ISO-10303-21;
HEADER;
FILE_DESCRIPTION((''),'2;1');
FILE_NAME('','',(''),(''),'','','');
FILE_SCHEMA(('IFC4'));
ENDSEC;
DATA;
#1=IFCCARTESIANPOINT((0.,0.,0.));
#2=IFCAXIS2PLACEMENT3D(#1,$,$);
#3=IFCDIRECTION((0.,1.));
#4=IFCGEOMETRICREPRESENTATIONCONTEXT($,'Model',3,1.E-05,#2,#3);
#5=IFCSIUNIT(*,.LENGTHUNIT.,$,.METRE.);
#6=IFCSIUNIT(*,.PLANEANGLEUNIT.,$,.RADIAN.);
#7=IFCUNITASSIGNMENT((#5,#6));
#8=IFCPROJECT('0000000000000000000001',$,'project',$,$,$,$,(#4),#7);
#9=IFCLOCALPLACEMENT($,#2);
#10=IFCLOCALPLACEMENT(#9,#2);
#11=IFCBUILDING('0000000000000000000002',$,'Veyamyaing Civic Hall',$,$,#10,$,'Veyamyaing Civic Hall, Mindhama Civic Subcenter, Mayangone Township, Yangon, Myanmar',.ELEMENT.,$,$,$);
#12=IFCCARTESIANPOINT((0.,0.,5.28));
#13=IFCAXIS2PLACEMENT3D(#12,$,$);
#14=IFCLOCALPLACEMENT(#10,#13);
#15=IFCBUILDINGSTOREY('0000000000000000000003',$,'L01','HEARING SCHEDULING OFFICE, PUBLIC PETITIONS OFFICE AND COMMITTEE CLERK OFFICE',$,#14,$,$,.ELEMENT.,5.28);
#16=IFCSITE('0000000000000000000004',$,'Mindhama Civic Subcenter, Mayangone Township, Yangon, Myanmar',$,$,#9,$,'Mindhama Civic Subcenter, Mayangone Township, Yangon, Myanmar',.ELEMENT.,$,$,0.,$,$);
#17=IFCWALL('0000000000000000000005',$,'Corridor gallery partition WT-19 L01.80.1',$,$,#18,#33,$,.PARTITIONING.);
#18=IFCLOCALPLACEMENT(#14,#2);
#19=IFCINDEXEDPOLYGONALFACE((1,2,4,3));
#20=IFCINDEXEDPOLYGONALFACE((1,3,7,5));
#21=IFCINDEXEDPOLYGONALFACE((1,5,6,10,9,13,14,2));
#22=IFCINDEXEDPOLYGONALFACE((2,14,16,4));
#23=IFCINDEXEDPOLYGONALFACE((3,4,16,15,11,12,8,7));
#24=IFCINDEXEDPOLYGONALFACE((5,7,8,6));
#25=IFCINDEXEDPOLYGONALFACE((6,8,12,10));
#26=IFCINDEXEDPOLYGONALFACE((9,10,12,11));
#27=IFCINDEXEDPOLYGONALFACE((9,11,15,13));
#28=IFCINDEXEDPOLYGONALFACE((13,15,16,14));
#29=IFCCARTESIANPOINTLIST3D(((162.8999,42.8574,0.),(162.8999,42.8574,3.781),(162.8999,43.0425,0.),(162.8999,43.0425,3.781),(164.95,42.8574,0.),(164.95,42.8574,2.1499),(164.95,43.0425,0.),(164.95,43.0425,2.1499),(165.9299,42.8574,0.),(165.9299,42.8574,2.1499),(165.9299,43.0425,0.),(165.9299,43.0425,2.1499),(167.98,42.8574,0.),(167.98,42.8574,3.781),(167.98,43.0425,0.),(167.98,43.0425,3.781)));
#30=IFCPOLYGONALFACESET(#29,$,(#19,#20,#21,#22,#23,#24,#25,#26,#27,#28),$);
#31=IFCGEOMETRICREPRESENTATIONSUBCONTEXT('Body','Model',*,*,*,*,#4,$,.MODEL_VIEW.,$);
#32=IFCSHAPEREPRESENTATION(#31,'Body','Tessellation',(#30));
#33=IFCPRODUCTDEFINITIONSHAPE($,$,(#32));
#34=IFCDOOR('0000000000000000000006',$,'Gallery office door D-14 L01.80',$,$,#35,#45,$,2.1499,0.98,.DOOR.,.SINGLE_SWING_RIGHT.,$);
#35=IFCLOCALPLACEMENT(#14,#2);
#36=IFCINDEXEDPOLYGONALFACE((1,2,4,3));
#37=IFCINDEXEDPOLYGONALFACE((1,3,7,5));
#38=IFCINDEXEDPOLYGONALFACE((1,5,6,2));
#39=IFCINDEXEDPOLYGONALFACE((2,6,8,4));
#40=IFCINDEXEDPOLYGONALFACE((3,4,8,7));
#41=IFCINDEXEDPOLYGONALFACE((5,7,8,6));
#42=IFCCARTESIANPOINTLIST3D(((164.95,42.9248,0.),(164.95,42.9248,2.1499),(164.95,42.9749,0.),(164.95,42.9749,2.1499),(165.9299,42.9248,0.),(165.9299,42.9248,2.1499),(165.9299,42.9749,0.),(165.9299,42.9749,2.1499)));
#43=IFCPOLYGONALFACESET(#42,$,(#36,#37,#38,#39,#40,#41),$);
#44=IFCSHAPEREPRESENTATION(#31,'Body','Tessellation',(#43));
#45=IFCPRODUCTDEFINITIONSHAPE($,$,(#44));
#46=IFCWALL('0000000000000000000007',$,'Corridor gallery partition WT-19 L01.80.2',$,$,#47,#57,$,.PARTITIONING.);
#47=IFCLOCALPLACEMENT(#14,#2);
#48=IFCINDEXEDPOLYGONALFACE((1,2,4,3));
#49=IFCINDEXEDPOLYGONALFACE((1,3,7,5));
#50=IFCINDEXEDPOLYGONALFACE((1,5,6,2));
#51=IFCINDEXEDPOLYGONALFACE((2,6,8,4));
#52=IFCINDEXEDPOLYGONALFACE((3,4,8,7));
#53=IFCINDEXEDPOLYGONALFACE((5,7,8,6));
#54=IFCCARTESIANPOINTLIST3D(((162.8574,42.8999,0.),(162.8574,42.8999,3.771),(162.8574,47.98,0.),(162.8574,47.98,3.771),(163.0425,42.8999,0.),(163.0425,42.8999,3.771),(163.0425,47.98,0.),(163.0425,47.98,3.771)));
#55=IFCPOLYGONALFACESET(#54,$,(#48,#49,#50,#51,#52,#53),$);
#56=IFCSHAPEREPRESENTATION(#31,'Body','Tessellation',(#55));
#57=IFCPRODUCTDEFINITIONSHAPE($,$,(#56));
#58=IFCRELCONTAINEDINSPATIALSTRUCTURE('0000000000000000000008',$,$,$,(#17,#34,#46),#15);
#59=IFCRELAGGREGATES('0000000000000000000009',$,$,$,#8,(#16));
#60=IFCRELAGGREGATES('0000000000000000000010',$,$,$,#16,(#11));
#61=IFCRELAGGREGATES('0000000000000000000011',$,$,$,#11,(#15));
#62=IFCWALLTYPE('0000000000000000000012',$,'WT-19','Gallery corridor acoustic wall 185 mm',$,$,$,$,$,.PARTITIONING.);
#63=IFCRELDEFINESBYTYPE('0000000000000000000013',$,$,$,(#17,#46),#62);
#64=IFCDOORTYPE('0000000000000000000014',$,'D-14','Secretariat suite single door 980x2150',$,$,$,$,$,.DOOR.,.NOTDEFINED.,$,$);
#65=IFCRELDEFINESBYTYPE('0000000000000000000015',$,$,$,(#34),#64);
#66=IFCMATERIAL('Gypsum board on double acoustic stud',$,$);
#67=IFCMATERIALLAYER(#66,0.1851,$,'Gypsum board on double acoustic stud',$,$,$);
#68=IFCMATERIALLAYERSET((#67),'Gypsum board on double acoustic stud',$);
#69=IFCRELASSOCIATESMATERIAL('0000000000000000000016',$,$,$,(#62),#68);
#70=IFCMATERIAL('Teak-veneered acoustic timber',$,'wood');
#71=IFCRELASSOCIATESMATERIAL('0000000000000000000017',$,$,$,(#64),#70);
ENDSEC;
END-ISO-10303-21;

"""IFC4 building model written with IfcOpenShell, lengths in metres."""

from ifc_helpers import new_model, si_unit, direction, frame, frame_2d, origin, place, context, subcontext, project, spatial, rectangle, extrude, material, layer, layer_set, type_object, element, fill, save


model = new_model("IFC4")

# Units and contexts
model_context = context("Model", 3, precision=1e-05, world=origin(), true_north=direction((0.0, 1.0)))
body_context = subcontext(model_context, "Body", "Model", "MODEL_VIEW")
ifc_project = project(units=[si_unit("LENGTHUNIT", "METRE"), si_unit("PLANEANGLEUNIT", "RADIAN")], contexts=[model_context])

# Site, building, storey
site_placement = place(None, origin())
site = spatial("IfcSite", under=ifc_project, at=site_placement, Name="Mindhama Civic Subcenter, Mayangone Township, Yangon, Myanmar", LongName="Mindhama Civic Subcenter, Mayangone Township, Yangon, Myanmar", CompositionType="ELEMENT", RefElevation=0.0)
building_placement = place(site_placement, origin())
building = spatial("IfcBuilding", under=site, at=building_placement, Name="Veyamyaing Civic Hall", LongName="Veyamyaing Civic Hall, Mindhama Civic Subcenter, Mayangone Township, Yangon, Myanmar", CompositionType="ELEMENT")
storey_placement = place(building_placement, frame((0.0, 0.0, 5.28)))
storey = spatial("IfcBuildingStorey", under=building, at=storey_placement, Name="L01", Description="HEARING SCHEDULING OFFICE, PUBLIC PETITIONS OFFICE AND COMMITTEE CLERK OFFICE", CompositionType="ELEMENT", Elevation=5.28)

# Shared definitions
ifc_material_1 = material(Name="Teak-veneered acoustic timber", Category="wood")

# Wall, opening, door
ifc_material_2 = material(Name="Gypsum board on double acoustic stud")
ifc_layer_1 = layer(ifc_material_2, 0.1851, Name="Gypsum board on double acoustic stud")
ifc_layer_set_1 = layer_set([ifc_layer_1], Name="Gypsum board on double acoustic stud")
wall_type_1 = type_object("IfcWallType", Name="WT-19", Description="Gallery corridor acoustic wall 185 mm", PredefinedType="PARTITIONING", material=ifc_layer_set_1)
wall_1_placement = place(storey_placement, frame((162.8999, 42.95, 0.0), z_axis=(0.0, 0.0, 1.0), x_axis=(1.0, 0.0, 0.0)))
wall_1 = element("IfcWall", 1, at=wall_1_placement, inside=storey, type_object=wall_type_1, Name="Corridor gallery partition WT-19 L01.80.1", PredefinedType="PARTITIONING", context=body_context, shape_type="SweptSolid", body=[
    extrude(rectangle(XDim=5.0801, YDim=0.1851, at=frame_2d((2.54, 0.0))), origin(), (0.0, 0.0, 1.0), 3.781),
])
opening_1_placement = place(wall_1_placement, frame((2.05, 0.0, 0.0)))
opening_1 = element("IfcOpeningElement", 2, at=opening_1_placement, cuts=wall_1, PredefinedType="OPENING", context=body_context, shape_type="SweptSolid", body=[
    extrude(rectangle(XDim=0.98, YDim=2.1499, at=frame_2d((0.49, 1.075))), frame((0.0, 0.1025, 0.0), z_axis=(0.0, -1.0, 0.0), x_axis=(1.0, 0.0, 0.0)), (0.0, 0.0, 1.0), 0.2051),
])
door_type_1 = type_object("IfcDoorType", Name="D-14", Description="Secretariat suite single door 980x2150", OperationType="NOTDEFINED", PredefinedType="DOOR", material=ifc_material_1)
door_1_placement = place(opening_1_placement, origin())
door_1 = element("IfcDoor", 3, at=door_1_placement, inside=storey, type_object=door_type_1, Name="Gallery office door D-14 L01.80", OperationType="SINGLE_SWING_RIGHT", OverallHeight=2.1499, OverallWidth=0.98, PredefinedType="DOOR", context=body_context, shape_type="SweptSolid", body=[
    extrude(rectangle(XDim=0.98, YDim=2.1499, at=frame_2d((0.49, 1.075))), frame((0.0, 0.0249, 0.0), z_axis=(0.0, -1.0, 0.0), x_axis=(1.0, 0.0, 0.0)), (0.0, 0.0, 1.0), 0.05),
])
fill(opening_1, door_1)

# Wall
wall_2_placement = place(storey_placement, frame((162.95, 42.8999, 0.0), z_axis=(0.0, 0.0, 1.0), x_axis=(0.0, 1.0, 0.0)))
element("IfcWall", 4, at=wall_2_placement, inside=storey, type_object=wall_type_1, Name="Corridor gallery partition WT-19 L01.80.2", PredefinedType="PARTITIONING", context=body_context, shape_type="SweptSolid", body=[
    extrude(rectangle(XDim=5.0801, YDim=0.1851, at=frame_2d((2.54, 0.0))), origin(), (0.0, 0.0, 1.0), 3.771),
])

save(model, "model.ifc")
